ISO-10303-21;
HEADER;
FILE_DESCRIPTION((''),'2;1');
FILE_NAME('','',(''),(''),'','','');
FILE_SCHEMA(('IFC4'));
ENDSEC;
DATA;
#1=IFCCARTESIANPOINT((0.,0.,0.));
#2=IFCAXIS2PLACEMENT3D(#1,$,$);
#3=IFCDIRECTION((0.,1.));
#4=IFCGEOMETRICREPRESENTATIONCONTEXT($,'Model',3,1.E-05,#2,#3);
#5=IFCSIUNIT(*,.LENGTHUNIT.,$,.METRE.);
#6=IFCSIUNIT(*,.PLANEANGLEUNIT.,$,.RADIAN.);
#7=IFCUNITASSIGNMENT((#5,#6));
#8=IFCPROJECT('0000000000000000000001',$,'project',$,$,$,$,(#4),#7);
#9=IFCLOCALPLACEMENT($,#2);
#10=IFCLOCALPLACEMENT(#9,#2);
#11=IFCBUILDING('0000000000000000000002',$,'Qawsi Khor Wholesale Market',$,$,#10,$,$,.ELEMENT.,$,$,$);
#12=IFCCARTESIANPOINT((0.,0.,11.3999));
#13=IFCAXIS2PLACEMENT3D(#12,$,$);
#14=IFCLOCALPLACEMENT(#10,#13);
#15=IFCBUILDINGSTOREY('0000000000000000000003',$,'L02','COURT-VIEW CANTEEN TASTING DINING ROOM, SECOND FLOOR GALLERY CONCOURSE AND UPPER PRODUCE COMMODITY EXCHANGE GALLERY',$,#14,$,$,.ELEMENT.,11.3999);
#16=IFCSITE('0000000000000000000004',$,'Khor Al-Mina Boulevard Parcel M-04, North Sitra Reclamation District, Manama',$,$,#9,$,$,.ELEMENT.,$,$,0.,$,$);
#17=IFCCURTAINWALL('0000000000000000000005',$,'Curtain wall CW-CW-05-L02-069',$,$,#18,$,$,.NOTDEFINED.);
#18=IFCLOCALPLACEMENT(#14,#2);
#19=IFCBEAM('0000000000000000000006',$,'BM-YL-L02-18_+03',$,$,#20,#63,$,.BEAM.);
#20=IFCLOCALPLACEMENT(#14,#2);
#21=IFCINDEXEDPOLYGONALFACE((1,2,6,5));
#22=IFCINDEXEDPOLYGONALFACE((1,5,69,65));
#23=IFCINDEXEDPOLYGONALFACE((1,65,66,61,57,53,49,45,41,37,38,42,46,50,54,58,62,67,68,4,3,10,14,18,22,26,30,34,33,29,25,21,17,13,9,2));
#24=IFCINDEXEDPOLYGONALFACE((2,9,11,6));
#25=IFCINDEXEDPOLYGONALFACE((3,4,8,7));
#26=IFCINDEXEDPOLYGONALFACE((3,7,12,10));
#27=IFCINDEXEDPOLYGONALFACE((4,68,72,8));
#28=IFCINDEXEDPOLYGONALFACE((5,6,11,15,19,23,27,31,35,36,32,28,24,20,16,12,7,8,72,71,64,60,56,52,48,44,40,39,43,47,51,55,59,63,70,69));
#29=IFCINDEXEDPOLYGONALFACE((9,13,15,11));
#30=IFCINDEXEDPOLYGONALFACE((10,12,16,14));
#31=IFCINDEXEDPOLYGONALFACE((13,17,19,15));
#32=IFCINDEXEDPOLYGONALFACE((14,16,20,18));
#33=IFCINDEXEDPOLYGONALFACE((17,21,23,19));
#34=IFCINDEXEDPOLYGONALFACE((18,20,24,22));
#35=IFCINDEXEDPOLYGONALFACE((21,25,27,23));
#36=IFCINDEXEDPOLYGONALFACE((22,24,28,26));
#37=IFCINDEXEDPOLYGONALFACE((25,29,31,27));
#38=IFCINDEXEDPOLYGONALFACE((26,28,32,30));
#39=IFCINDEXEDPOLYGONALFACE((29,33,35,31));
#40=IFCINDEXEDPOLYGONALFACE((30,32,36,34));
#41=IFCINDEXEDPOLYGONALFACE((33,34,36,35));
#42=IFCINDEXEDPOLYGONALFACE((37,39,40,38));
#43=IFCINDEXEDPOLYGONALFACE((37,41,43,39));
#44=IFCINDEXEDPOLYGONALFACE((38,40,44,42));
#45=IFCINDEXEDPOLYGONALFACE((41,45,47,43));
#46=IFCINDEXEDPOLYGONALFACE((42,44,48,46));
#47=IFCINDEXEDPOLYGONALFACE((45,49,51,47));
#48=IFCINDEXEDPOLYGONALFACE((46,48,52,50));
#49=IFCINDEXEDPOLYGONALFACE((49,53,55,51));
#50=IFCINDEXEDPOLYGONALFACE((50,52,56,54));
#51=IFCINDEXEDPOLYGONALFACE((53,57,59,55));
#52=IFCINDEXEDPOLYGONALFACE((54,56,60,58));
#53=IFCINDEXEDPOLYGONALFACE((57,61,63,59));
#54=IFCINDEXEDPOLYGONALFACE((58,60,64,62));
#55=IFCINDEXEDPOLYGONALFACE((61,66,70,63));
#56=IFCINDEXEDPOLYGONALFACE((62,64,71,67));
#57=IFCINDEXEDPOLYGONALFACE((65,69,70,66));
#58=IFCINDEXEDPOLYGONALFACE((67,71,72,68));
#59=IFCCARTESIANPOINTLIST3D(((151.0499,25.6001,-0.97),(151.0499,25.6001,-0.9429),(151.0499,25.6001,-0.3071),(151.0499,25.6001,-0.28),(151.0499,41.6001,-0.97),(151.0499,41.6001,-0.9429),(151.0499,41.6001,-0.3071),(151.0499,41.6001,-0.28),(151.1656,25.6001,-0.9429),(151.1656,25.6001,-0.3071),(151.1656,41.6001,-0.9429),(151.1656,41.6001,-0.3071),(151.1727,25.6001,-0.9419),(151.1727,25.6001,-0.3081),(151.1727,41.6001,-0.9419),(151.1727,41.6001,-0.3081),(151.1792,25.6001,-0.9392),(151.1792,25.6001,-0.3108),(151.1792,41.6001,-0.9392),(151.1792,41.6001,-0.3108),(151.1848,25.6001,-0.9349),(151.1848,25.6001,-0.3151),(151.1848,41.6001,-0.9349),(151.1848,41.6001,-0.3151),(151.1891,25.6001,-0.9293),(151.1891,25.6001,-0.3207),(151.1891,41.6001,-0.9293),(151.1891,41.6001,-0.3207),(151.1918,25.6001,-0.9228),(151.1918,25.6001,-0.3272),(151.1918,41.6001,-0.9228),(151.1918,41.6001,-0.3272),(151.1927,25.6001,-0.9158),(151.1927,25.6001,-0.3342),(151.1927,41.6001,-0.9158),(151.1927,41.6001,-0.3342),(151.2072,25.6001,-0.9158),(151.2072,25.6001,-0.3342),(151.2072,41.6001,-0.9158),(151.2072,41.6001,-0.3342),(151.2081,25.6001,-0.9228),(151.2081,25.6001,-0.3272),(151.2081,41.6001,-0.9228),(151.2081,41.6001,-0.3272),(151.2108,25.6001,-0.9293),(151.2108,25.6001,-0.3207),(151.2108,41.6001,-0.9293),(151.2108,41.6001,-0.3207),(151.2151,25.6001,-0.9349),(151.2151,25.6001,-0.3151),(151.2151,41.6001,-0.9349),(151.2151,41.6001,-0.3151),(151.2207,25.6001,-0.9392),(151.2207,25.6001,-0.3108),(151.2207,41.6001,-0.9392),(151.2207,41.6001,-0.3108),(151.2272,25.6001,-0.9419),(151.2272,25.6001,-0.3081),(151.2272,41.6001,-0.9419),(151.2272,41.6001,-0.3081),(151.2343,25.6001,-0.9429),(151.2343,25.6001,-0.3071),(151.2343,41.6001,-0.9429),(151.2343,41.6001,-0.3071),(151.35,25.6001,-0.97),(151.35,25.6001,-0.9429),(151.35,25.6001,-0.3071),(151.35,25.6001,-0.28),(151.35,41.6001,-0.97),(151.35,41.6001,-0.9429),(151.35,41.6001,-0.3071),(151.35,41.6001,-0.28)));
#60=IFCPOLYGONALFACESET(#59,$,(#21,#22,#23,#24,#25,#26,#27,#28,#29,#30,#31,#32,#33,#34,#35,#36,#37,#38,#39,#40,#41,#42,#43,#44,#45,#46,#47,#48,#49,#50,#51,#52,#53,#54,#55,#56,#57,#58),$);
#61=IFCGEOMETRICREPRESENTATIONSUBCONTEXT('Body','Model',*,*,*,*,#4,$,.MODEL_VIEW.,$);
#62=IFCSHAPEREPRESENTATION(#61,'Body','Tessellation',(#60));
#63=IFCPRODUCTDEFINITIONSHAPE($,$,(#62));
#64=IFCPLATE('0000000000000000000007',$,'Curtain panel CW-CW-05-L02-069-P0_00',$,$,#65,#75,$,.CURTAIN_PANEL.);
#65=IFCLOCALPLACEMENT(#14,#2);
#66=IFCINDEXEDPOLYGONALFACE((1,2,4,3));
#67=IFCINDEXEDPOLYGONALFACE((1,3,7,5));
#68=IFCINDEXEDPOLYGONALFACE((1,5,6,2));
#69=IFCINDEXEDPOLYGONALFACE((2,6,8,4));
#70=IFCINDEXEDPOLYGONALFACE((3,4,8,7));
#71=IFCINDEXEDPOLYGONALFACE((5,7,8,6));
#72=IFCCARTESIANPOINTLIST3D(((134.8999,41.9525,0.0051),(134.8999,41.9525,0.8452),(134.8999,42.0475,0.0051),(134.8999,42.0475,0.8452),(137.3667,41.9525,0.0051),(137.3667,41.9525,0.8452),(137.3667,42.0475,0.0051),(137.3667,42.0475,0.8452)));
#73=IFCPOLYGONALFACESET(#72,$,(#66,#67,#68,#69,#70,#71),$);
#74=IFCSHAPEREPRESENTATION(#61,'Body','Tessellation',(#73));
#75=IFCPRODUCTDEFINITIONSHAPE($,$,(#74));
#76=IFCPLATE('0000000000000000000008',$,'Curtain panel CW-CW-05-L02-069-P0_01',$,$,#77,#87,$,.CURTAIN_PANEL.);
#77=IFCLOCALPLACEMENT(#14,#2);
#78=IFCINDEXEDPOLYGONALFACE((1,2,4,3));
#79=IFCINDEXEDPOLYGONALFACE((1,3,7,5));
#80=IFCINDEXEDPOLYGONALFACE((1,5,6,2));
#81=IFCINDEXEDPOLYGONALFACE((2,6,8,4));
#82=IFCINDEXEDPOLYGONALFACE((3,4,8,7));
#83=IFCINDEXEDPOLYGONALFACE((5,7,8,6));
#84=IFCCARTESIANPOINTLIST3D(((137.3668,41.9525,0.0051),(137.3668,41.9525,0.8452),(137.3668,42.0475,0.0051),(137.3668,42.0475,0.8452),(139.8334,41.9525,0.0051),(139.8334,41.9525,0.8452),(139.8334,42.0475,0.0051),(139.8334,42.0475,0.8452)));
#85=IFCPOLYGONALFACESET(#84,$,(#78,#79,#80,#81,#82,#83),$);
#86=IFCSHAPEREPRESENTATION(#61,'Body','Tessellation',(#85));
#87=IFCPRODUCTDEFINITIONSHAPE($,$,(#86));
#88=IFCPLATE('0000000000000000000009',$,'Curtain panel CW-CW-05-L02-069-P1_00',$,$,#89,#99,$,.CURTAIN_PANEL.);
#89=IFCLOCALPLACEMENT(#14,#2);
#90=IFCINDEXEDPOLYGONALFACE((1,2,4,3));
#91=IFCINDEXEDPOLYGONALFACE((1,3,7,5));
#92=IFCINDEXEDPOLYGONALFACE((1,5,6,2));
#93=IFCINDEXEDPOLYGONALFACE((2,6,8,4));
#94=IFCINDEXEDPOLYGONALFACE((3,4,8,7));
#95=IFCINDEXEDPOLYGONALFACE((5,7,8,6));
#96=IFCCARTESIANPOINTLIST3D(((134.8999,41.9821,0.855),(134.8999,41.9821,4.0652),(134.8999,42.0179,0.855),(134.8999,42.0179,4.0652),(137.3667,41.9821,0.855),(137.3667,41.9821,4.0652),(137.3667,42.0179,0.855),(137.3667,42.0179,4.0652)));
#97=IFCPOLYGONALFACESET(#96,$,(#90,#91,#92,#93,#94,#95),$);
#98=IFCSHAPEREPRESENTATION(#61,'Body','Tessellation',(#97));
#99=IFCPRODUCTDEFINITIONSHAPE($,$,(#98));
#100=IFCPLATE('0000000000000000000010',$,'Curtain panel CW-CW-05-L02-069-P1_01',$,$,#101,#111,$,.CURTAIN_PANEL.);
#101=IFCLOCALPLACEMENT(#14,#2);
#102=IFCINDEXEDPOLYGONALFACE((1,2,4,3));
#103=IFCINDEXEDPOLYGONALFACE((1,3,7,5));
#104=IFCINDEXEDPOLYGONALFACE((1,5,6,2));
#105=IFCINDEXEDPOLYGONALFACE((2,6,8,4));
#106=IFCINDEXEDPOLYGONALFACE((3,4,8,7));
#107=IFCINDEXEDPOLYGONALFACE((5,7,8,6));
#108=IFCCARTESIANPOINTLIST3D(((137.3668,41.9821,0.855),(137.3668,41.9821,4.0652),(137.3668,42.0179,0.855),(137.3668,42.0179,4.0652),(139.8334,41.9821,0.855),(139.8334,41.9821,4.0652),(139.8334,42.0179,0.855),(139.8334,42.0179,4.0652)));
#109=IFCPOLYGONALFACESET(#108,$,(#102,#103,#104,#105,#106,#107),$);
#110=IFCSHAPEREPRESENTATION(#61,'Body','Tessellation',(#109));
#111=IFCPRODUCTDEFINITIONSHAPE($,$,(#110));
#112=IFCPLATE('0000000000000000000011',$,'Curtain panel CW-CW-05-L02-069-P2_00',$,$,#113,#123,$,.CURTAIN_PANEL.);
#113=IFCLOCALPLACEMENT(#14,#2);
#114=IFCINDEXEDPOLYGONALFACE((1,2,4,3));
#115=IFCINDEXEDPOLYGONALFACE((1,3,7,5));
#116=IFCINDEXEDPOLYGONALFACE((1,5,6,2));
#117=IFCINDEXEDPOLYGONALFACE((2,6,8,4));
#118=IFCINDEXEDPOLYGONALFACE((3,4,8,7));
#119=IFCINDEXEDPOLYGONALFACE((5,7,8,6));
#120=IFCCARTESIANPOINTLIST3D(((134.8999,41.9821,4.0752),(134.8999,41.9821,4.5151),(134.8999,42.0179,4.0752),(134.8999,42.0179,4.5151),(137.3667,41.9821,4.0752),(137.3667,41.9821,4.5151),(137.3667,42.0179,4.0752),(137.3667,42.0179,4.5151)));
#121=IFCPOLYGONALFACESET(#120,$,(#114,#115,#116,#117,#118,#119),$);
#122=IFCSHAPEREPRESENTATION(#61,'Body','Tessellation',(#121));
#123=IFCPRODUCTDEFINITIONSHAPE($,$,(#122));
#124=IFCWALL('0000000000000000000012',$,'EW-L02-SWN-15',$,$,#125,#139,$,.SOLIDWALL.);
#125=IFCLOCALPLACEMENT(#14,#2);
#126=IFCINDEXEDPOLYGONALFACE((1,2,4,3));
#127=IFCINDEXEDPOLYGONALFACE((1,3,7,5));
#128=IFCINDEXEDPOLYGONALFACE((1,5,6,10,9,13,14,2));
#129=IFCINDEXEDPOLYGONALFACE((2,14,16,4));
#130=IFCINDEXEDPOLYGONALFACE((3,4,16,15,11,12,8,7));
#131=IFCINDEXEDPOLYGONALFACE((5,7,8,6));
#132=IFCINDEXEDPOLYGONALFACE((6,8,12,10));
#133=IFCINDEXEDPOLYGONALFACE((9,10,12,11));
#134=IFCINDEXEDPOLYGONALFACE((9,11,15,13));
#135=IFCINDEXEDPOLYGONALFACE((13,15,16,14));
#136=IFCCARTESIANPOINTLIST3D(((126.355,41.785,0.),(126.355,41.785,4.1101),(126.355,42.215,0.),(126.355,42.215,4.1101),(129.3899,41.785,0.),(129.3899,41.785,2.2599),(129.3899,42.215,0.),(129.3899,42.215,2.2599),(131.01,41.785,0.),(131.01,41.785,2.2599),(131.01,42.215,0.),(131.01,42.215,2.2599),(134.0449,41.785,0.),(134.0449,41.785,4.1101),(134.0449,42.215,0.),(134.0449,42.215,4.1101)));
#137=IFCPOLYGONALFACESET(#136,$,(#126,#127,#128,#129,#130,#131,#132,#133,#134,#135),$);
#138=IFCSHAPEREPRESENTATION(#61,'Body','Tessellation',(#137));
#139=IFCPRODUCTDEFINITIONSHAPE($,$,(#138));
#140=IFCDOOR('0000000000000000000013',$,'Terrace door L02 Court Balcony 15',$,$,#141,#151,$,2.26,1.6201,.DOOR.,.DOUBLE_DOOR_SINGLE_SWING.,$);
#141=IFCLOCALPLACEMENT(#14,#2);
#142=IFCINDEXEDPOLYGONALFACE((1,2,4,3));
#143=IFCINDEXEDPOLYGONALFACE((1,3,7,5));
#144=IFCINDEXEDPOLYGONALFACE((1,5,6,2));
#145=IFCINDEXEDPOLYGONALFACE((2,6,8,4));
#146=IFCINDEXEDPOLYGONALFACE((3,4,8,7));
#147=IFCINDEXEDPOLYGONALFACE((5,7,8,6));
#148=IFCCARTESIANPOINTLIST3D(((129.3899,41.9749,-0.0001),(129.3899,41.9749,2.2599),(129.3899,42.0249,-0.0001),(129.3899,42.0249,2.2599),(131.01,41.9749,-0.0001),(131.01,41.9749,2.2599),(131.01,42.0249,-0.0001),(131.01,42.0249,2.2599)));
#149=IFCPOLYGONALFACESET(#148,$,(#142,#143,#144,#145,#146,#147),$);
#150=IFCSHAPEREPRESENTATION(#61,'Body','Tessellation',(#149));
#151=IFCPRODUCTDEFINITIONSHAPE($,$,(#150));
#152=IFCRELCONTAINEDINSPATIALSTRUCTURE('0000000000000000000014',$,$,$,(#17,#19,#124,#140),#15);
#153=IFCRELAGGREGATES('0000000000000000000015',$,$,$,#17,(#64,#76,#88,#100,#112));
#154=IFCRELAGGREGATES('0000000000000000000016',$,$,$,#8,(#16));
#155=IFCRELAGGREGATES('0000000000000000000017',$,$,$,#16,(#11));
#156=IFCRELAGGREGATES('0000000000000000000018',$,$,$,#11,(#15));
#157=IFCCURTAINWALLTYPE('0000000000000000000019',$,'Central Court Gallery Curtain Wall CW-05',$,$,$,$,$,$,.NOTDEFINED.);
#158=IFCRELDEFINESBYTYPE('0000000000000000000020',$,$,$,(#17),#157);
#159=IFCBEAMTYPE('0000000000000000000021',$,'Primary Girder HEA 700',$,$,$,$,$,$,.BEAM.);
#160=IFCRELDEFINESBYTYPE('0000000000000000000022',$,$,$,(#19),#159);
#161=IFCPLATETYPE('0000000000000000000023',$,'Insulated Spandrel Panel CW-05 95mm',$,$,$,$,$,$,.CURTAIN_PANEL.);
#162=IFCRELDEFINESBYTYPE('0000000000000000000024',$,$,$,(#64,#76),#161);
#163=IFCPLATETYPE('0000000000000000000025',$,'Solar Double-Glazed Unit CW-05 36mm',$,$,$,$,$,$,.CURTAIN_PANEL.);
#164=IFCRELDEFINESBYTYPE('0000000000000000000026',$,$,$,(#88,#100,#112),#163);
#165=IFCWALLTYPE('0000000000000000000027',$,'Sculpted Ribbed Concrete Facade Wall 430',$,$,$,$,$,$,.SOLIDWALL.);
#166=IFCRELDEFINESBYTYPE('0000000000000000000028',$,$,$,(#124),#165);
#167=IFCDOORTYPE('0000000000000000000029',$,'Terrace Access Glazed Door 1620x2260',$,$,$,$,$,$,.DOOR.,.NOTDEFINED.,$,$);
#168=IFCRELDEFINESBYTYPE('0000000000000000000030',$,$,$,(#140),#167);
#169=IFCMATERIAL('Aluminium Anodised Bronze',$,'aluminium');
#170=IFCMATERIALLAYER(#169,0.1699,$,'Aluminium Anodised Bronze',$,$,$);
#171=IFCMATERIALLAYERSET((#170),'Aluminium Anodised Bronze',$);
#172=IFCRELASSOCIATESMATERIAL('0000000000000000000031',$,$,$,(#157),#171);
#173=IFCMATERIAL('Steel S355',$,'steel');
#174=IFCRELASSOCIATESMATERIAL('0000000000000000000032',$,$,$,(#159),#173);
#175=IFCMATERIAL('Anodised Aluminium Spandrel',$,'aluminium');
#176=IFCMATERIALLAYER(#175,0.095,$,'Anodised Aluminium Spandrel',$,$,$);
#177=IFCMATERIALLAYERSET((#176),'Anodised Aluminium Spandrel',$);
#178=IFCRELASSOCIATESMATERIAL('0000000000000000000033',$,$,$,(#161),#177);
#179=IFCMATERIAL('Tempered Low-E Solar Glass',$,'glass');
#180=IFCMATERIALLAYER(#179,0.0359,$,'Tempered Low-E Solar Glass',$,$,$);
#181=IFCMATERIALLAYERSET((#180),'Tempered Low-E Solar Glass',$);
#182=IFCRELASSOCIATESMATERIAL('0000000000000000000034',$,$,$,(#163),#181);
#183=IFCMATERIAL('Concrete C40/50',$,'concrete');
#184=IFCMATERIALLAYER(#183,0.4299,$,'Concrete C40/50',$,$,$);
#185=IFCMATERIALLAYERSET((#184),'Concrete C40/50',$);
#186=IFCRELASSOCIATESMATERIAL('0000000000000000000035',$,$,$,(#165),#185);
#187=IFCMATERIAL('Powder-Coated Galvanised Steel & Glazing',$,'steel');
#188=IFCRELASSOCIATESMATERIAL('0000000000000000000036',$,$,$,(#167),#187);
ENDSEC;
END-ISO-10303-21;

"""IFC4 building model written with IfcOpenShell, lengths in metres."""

from ifc_helpers import new_model, si_unit, direction, frame, frame_2d, origin, origin_2d, place, context, subcontext, project, spatial, rectangle, i_section, extrude, material, layer, layer_set, material_profile, profile_set, type_object, element, fill, aggregate, save


model = new_model("IFC4")

# Units and contexts
model_context = context("Model", 3, precision=1e-05, world=origin(), true_north=direction((0.0, 1.0)))
body_context = subcontext(model_context, "Body", "Model", "MODEL_VIEW")
ifc_project = project(units=[si_unit("LENGTHUNIT", "METRE"), si_unit("PLANEANGLEUNIT", "RADIAN")], contexts=[model_context])

# Site, building, storey
site_placement = place(None, origin())
site = spatial("IfcSite", under=ifc_project, at=site_placement, Name="Khor Al-Mina Boulevard Parcel M-04, North Sitra Reclamation District, Manama", CompositionType="ELEMENT", RefElevation=0.0)
building_placement = place(site_placement, origin())
building = spatial("IfcBuilding", under=site, at=building_placement, Name="Qawsi Khor Wholesale Market", CompositionType="ELEMENT")
storey_placement = place(building_placement, frame((0.0, 0.0, 11.3999)))
storey = spatial("IfcBuildingStorey", under=building, at=storey_placement, Name="L02", Description="COURT-VIEW CANTEEN TASTING DINING ROOM, SECOND FLOOR GALLERY CONCOURSE AND UPPER PRODUCE COMMODITY EXCHANGE GALLERY", CompositionType="ELEMENT", Elevation=11.3999)

# Shared definitions
ifc_material_1 = material(Name="Concrete C40/50", Category="concrete")

# Curtain wall
ifc_material_2 = material(Name="Aluminium Anodised Bronze", Category="aluminium")
ifc_layer_1 = layer(ifc_material_2, 0.1699, Name="Aluminium Anodised Bronze")
ifc_layer_set_1 = layer_set([ifc_layer_1], Name="Aluminium Anodised Bronze")
curtain_wall_type = type_object("IfcCurtainWallType", Name="Central Court Gallery Curtain Wall CW-05", PredefinedType="NOTDEFINED", material=ifc_layer_set_1)
curtain_wall_placement = place(storey_placement, origin())
curtain_wall = element("IfcCurtainWall", 1, at=curtain_wall_placement, inside=storey, type_object=curtain_wall_type, Name="Curtain wall CW-CW-05-L02-069", PredefinedType="NOTDEFINED")

# Beam
ifc_material_3 = material(Name="Steel S355", Category="steel")
ifc_material_profile_1 = material_profile(ifc_material_3, i_section(OverallWidth=0.3, OverallDepth=0.6899, WebThickness=0.0144, FlangeThickness=0.0271, FilletRadius=0.0271, at=origin_2d()), Name="HEA 700")
ifc_profile_set_1 = profile_set([ifc_material_profile_1], Name="Steel S355")
beam_type_1 = type_object("IfcBeamType", Name="Primary Girder HEA 700", PredefinedType="BEAM", material=ifc_profile_set_1)
for number, where, z_axis, x_axis, name in (
    (2, (151.2, 25.6001, -0.625), (0.0, 1.0, 0.0), (-1.0, 0.0, 0.0), "BM-YL-L02-18_+03"),
):
    element("IfcBeam", number, at=place(storey_placement, frame(where, z_axis=z_axis, x_axis=x_axis)), inside=storey, type_object=beam_type_1, Name=name, PredefinedType="BEAM", context=body_context, shape_type="SweptSolid", body=[
        extrude(i_section(OverallWidth=0.3, OverallDepth=0.6899, WebThickness=0.0144, FlangeThickness=0.0271, FilletRadius=0.0271, at=origin_2d()), origin(), (0.0, 0.0, 1.0), 16.0),
    ])

# Plates
ifc_material_4 = material(Name="Anodised Aluminium Spandrel", Category="aluminium")
ifc_layer_2 = layer(ifc_material_4, 0.095, Name="Anodised Aluminium Spandrel")
ifc_layer_set_2 = layer_set([ifc_layer_2], Name="Anodised Aluminium Spandrel")
plate_type_1 = type_object("IfcPlateType", Name="Insulated Spandrel Panel CW-05 95mm", PredefinedType="CURTAIN_PANEL", material=ifc_layer_set_2)
plate_1_placement = place(storey_placement, frame((134.8999, 42.0, 0.0051), z_axis=(0.0, 0.0, 1.0), x_axis=(1.0, 0.0, 0.0)))
plate_1 = element("IfcPlate", 3, at=plate_1_placement, type_object=plate_type_1, Name="Curtain panel CW-CW-05-L02-069-P0_00", PredefinedType="CURTAIN_PANEL", context=body_context, shape_type="SweptSolid", body=[
    extrude(rectangle(XDim=2.4668, YDim=0.095, at=frame_2d((1.2334, 0.0))), origin(), (0.0, 0.0, 1.0), 0.8401),
])
plate_2_placement = place(storey_placement, frame((137.3667, 42.0, 0.0051), z_axis=(0.0, 0.0, 1.0), x_axis=(1.0, 0.0, 0.0)))
plate_2 = element("IfcPlate", 4, at=plate_2_placement, type_object=plate_type_1, Name="Curtain panel CW-CW-05-L02-069-P0_01", PredefinedType="CURTAIN_PANEL", context=body_context, shape_type="SweptSolid", body=[
    extrude(rectangle(XDim=2.4666, YDim=0.095, at=frame_2d((1.2334, 0.0))), origin(), (0.0, 0.0, 1.0), 0.8401),
])
ifc_material_5 = material(Name="Tempered Low-E Solar Glass", Category="glass")
ifc_layer_3 = layer(ifc_material_5, 0.0359, Name="Tempered Low-E Solar Glass")
ifc_layer_set_3 = layer_set([ifc_layer_3], Name="Tempered Low-E Solar Glass")
plate_type_2 = type_object("IfcPlateType", Name="Solar Double-Glazed Unit CW-05 36mm", PredefinedType="CURTAIN_PANEL", material=ifc_layer_set_3)
plate_3_placement = place(storey_placement, frame((134.8999, 42.0, 0.855), z_axis=(0.0, 0.0, 1.0), x_axis=(1.0, 0.0, 0.0)))
plate_3 = element("IfcPlate", 5, at=plate_3_placement, type_object=plate_type_2, Name="Curtain panel CW-CW-05-L02-069-P1_00", PredefinedType="CURTAIN_PANEL", context=body_context, shape_type="SweptSolid", body=[
    extrude(rectangle(XDim=2.4668, YDim=0.0359, at=frame_2d((1.2334, 0.0))), origin(), (0.0, 0.0, 1.0), 3.2102),
])
plate_4_placement = place(storey_placement, frame((137.3667, 42.0, 0.855), z_axis=(0.0, 0.0, 1.0), x_axis=(1.0, 0.0, 0.0)))
plate_4 = element("IfcPlate", 6, at=plate_4_placement, type_object=plate_type_2, Name="Curtain panel CW-CW-05-L02-069-P1_01", PredefinedType="CURTAIN_PANEL", context=body_context, shape_type="SweptSolid", body=[
    extrude(rectangle(XDim=2.4666, YDim=0.0359, at=frame_2d((1.2334, 0.0))), origin(), (0.0, 0.0, 1.0), 3.2102),
])
plate_5_placement = place(storey_placement, frame((134.8999, 42.0, 4.0752), z_axis=(0.0, 0.0, 1.0), x_axis=(1.0, 0.0, 0.0)))
plate_5 = element("IfcPlate", 7, at=plate_5_placement, type_object=plate_type_2, Name="Curtain panel CW-CW-05-L02-069-P2_00", PredefinedType="CURTAIN_PANEL", context=body_context, shape_type="SweptSolid", body=[
    extrude(rectangle(XDim=2.4668, YDim=0.0359, at=frame_2d((1.2334, 0.0))), origin(), (0.0, 0.0, 1.0), 0.4399),
])
aggregate(curtain_wall, [plate_1, plate_2, plate_3, plate_4, plate_5])

# Wall, opening, door
ifc_layer_4 = layer(ifc_material_1, 0.4299, Name="Concrete C40/50")
ifc_layer_set_4 = layer_set([ifc_layer_4], Name="Concrete C40/50")
wall_type = type_object("IfcWallType", Name="Sculpted Ribbed Concrete Facade Wall 430", PredefinedType="SOLIDWALL", material=ifc_layer_set_4)
wall_placement = place(storey_placement, frame((126.355, 42.0, 0.0), z_axis=(0.0, 0.0, 1.0), x_axis=(1.0, 0.0, 0.0)))
wall = element("IfcWall", 8, at=wall_placement, inside=storey, type_object=wall_type, Name="EW-L02-SWN-15", PredefinedType="SOLIDWALL", context=body_context, shape_type="SweptSolid", body=[
    extrude(rectangle(XDim=7.6899, YDim=0.4299, at=frame_2d((3.845, 0.0))), origin(), (0.0, 0.0, 1.0), 4.1101),
])
opening_placement = place(wall_placement, frame((3.0349, 0.0, 0.0)))
opening = element("IfcOpeningElement", 9, at=opening_placement, cuts=wall, PredefinedType="OPENING", context=body_context, shape_type="SweptSolid", body=[
    extrude(rectangle(XDim=1.6201, YDim=2.26, at=frame_2d((0.8101, 1.1299))), frame((0.0, 0.2249, 0.0), z_axis=(0.0, -1.0, 0.0), x_axis=(1.0, 0.0, 0.0)), (0.0, 0.0, 1.0), 0.45),
])
ifc_material_6 = material(Name="Powder-Coated Galvanised Steel & Glazing", Category="steel")
door_type = type_object("IfcDoorType", Name="Terrace Access Glazed Door 1620x2260", OperationType="NOTDEFINED", PredefinedType="DOOR", material=ifc_material_6)
door_placement = place(opening_placement, origin())
door = element("IfcDoor", 10, at=door_placement, inside=storey, type_object=door_type, Name="Terrace door L02 Court Balcony 15", OperationType="DOUBLE_DOOR_SINGLE_SWING", OverallHeight=2.26, OverallWidth=1.6201, PredefinedType="DOOR", context=body_context, shape_type="SweptSolid", body=[
    extrude(rectangle(XDim=1.6201, YDim=2.26, at=frame_2d((0.8101, 1.1299))), frame((0.0, 0.0249, 0.0), z_axis=(0.0, -1.0, 0.0), x_axis=(1.0, 0.0, 0.0)), (0.0, 0.0, 1.0), 0.05),
])
fill(opening, door)

save(model, "model.ifc")
